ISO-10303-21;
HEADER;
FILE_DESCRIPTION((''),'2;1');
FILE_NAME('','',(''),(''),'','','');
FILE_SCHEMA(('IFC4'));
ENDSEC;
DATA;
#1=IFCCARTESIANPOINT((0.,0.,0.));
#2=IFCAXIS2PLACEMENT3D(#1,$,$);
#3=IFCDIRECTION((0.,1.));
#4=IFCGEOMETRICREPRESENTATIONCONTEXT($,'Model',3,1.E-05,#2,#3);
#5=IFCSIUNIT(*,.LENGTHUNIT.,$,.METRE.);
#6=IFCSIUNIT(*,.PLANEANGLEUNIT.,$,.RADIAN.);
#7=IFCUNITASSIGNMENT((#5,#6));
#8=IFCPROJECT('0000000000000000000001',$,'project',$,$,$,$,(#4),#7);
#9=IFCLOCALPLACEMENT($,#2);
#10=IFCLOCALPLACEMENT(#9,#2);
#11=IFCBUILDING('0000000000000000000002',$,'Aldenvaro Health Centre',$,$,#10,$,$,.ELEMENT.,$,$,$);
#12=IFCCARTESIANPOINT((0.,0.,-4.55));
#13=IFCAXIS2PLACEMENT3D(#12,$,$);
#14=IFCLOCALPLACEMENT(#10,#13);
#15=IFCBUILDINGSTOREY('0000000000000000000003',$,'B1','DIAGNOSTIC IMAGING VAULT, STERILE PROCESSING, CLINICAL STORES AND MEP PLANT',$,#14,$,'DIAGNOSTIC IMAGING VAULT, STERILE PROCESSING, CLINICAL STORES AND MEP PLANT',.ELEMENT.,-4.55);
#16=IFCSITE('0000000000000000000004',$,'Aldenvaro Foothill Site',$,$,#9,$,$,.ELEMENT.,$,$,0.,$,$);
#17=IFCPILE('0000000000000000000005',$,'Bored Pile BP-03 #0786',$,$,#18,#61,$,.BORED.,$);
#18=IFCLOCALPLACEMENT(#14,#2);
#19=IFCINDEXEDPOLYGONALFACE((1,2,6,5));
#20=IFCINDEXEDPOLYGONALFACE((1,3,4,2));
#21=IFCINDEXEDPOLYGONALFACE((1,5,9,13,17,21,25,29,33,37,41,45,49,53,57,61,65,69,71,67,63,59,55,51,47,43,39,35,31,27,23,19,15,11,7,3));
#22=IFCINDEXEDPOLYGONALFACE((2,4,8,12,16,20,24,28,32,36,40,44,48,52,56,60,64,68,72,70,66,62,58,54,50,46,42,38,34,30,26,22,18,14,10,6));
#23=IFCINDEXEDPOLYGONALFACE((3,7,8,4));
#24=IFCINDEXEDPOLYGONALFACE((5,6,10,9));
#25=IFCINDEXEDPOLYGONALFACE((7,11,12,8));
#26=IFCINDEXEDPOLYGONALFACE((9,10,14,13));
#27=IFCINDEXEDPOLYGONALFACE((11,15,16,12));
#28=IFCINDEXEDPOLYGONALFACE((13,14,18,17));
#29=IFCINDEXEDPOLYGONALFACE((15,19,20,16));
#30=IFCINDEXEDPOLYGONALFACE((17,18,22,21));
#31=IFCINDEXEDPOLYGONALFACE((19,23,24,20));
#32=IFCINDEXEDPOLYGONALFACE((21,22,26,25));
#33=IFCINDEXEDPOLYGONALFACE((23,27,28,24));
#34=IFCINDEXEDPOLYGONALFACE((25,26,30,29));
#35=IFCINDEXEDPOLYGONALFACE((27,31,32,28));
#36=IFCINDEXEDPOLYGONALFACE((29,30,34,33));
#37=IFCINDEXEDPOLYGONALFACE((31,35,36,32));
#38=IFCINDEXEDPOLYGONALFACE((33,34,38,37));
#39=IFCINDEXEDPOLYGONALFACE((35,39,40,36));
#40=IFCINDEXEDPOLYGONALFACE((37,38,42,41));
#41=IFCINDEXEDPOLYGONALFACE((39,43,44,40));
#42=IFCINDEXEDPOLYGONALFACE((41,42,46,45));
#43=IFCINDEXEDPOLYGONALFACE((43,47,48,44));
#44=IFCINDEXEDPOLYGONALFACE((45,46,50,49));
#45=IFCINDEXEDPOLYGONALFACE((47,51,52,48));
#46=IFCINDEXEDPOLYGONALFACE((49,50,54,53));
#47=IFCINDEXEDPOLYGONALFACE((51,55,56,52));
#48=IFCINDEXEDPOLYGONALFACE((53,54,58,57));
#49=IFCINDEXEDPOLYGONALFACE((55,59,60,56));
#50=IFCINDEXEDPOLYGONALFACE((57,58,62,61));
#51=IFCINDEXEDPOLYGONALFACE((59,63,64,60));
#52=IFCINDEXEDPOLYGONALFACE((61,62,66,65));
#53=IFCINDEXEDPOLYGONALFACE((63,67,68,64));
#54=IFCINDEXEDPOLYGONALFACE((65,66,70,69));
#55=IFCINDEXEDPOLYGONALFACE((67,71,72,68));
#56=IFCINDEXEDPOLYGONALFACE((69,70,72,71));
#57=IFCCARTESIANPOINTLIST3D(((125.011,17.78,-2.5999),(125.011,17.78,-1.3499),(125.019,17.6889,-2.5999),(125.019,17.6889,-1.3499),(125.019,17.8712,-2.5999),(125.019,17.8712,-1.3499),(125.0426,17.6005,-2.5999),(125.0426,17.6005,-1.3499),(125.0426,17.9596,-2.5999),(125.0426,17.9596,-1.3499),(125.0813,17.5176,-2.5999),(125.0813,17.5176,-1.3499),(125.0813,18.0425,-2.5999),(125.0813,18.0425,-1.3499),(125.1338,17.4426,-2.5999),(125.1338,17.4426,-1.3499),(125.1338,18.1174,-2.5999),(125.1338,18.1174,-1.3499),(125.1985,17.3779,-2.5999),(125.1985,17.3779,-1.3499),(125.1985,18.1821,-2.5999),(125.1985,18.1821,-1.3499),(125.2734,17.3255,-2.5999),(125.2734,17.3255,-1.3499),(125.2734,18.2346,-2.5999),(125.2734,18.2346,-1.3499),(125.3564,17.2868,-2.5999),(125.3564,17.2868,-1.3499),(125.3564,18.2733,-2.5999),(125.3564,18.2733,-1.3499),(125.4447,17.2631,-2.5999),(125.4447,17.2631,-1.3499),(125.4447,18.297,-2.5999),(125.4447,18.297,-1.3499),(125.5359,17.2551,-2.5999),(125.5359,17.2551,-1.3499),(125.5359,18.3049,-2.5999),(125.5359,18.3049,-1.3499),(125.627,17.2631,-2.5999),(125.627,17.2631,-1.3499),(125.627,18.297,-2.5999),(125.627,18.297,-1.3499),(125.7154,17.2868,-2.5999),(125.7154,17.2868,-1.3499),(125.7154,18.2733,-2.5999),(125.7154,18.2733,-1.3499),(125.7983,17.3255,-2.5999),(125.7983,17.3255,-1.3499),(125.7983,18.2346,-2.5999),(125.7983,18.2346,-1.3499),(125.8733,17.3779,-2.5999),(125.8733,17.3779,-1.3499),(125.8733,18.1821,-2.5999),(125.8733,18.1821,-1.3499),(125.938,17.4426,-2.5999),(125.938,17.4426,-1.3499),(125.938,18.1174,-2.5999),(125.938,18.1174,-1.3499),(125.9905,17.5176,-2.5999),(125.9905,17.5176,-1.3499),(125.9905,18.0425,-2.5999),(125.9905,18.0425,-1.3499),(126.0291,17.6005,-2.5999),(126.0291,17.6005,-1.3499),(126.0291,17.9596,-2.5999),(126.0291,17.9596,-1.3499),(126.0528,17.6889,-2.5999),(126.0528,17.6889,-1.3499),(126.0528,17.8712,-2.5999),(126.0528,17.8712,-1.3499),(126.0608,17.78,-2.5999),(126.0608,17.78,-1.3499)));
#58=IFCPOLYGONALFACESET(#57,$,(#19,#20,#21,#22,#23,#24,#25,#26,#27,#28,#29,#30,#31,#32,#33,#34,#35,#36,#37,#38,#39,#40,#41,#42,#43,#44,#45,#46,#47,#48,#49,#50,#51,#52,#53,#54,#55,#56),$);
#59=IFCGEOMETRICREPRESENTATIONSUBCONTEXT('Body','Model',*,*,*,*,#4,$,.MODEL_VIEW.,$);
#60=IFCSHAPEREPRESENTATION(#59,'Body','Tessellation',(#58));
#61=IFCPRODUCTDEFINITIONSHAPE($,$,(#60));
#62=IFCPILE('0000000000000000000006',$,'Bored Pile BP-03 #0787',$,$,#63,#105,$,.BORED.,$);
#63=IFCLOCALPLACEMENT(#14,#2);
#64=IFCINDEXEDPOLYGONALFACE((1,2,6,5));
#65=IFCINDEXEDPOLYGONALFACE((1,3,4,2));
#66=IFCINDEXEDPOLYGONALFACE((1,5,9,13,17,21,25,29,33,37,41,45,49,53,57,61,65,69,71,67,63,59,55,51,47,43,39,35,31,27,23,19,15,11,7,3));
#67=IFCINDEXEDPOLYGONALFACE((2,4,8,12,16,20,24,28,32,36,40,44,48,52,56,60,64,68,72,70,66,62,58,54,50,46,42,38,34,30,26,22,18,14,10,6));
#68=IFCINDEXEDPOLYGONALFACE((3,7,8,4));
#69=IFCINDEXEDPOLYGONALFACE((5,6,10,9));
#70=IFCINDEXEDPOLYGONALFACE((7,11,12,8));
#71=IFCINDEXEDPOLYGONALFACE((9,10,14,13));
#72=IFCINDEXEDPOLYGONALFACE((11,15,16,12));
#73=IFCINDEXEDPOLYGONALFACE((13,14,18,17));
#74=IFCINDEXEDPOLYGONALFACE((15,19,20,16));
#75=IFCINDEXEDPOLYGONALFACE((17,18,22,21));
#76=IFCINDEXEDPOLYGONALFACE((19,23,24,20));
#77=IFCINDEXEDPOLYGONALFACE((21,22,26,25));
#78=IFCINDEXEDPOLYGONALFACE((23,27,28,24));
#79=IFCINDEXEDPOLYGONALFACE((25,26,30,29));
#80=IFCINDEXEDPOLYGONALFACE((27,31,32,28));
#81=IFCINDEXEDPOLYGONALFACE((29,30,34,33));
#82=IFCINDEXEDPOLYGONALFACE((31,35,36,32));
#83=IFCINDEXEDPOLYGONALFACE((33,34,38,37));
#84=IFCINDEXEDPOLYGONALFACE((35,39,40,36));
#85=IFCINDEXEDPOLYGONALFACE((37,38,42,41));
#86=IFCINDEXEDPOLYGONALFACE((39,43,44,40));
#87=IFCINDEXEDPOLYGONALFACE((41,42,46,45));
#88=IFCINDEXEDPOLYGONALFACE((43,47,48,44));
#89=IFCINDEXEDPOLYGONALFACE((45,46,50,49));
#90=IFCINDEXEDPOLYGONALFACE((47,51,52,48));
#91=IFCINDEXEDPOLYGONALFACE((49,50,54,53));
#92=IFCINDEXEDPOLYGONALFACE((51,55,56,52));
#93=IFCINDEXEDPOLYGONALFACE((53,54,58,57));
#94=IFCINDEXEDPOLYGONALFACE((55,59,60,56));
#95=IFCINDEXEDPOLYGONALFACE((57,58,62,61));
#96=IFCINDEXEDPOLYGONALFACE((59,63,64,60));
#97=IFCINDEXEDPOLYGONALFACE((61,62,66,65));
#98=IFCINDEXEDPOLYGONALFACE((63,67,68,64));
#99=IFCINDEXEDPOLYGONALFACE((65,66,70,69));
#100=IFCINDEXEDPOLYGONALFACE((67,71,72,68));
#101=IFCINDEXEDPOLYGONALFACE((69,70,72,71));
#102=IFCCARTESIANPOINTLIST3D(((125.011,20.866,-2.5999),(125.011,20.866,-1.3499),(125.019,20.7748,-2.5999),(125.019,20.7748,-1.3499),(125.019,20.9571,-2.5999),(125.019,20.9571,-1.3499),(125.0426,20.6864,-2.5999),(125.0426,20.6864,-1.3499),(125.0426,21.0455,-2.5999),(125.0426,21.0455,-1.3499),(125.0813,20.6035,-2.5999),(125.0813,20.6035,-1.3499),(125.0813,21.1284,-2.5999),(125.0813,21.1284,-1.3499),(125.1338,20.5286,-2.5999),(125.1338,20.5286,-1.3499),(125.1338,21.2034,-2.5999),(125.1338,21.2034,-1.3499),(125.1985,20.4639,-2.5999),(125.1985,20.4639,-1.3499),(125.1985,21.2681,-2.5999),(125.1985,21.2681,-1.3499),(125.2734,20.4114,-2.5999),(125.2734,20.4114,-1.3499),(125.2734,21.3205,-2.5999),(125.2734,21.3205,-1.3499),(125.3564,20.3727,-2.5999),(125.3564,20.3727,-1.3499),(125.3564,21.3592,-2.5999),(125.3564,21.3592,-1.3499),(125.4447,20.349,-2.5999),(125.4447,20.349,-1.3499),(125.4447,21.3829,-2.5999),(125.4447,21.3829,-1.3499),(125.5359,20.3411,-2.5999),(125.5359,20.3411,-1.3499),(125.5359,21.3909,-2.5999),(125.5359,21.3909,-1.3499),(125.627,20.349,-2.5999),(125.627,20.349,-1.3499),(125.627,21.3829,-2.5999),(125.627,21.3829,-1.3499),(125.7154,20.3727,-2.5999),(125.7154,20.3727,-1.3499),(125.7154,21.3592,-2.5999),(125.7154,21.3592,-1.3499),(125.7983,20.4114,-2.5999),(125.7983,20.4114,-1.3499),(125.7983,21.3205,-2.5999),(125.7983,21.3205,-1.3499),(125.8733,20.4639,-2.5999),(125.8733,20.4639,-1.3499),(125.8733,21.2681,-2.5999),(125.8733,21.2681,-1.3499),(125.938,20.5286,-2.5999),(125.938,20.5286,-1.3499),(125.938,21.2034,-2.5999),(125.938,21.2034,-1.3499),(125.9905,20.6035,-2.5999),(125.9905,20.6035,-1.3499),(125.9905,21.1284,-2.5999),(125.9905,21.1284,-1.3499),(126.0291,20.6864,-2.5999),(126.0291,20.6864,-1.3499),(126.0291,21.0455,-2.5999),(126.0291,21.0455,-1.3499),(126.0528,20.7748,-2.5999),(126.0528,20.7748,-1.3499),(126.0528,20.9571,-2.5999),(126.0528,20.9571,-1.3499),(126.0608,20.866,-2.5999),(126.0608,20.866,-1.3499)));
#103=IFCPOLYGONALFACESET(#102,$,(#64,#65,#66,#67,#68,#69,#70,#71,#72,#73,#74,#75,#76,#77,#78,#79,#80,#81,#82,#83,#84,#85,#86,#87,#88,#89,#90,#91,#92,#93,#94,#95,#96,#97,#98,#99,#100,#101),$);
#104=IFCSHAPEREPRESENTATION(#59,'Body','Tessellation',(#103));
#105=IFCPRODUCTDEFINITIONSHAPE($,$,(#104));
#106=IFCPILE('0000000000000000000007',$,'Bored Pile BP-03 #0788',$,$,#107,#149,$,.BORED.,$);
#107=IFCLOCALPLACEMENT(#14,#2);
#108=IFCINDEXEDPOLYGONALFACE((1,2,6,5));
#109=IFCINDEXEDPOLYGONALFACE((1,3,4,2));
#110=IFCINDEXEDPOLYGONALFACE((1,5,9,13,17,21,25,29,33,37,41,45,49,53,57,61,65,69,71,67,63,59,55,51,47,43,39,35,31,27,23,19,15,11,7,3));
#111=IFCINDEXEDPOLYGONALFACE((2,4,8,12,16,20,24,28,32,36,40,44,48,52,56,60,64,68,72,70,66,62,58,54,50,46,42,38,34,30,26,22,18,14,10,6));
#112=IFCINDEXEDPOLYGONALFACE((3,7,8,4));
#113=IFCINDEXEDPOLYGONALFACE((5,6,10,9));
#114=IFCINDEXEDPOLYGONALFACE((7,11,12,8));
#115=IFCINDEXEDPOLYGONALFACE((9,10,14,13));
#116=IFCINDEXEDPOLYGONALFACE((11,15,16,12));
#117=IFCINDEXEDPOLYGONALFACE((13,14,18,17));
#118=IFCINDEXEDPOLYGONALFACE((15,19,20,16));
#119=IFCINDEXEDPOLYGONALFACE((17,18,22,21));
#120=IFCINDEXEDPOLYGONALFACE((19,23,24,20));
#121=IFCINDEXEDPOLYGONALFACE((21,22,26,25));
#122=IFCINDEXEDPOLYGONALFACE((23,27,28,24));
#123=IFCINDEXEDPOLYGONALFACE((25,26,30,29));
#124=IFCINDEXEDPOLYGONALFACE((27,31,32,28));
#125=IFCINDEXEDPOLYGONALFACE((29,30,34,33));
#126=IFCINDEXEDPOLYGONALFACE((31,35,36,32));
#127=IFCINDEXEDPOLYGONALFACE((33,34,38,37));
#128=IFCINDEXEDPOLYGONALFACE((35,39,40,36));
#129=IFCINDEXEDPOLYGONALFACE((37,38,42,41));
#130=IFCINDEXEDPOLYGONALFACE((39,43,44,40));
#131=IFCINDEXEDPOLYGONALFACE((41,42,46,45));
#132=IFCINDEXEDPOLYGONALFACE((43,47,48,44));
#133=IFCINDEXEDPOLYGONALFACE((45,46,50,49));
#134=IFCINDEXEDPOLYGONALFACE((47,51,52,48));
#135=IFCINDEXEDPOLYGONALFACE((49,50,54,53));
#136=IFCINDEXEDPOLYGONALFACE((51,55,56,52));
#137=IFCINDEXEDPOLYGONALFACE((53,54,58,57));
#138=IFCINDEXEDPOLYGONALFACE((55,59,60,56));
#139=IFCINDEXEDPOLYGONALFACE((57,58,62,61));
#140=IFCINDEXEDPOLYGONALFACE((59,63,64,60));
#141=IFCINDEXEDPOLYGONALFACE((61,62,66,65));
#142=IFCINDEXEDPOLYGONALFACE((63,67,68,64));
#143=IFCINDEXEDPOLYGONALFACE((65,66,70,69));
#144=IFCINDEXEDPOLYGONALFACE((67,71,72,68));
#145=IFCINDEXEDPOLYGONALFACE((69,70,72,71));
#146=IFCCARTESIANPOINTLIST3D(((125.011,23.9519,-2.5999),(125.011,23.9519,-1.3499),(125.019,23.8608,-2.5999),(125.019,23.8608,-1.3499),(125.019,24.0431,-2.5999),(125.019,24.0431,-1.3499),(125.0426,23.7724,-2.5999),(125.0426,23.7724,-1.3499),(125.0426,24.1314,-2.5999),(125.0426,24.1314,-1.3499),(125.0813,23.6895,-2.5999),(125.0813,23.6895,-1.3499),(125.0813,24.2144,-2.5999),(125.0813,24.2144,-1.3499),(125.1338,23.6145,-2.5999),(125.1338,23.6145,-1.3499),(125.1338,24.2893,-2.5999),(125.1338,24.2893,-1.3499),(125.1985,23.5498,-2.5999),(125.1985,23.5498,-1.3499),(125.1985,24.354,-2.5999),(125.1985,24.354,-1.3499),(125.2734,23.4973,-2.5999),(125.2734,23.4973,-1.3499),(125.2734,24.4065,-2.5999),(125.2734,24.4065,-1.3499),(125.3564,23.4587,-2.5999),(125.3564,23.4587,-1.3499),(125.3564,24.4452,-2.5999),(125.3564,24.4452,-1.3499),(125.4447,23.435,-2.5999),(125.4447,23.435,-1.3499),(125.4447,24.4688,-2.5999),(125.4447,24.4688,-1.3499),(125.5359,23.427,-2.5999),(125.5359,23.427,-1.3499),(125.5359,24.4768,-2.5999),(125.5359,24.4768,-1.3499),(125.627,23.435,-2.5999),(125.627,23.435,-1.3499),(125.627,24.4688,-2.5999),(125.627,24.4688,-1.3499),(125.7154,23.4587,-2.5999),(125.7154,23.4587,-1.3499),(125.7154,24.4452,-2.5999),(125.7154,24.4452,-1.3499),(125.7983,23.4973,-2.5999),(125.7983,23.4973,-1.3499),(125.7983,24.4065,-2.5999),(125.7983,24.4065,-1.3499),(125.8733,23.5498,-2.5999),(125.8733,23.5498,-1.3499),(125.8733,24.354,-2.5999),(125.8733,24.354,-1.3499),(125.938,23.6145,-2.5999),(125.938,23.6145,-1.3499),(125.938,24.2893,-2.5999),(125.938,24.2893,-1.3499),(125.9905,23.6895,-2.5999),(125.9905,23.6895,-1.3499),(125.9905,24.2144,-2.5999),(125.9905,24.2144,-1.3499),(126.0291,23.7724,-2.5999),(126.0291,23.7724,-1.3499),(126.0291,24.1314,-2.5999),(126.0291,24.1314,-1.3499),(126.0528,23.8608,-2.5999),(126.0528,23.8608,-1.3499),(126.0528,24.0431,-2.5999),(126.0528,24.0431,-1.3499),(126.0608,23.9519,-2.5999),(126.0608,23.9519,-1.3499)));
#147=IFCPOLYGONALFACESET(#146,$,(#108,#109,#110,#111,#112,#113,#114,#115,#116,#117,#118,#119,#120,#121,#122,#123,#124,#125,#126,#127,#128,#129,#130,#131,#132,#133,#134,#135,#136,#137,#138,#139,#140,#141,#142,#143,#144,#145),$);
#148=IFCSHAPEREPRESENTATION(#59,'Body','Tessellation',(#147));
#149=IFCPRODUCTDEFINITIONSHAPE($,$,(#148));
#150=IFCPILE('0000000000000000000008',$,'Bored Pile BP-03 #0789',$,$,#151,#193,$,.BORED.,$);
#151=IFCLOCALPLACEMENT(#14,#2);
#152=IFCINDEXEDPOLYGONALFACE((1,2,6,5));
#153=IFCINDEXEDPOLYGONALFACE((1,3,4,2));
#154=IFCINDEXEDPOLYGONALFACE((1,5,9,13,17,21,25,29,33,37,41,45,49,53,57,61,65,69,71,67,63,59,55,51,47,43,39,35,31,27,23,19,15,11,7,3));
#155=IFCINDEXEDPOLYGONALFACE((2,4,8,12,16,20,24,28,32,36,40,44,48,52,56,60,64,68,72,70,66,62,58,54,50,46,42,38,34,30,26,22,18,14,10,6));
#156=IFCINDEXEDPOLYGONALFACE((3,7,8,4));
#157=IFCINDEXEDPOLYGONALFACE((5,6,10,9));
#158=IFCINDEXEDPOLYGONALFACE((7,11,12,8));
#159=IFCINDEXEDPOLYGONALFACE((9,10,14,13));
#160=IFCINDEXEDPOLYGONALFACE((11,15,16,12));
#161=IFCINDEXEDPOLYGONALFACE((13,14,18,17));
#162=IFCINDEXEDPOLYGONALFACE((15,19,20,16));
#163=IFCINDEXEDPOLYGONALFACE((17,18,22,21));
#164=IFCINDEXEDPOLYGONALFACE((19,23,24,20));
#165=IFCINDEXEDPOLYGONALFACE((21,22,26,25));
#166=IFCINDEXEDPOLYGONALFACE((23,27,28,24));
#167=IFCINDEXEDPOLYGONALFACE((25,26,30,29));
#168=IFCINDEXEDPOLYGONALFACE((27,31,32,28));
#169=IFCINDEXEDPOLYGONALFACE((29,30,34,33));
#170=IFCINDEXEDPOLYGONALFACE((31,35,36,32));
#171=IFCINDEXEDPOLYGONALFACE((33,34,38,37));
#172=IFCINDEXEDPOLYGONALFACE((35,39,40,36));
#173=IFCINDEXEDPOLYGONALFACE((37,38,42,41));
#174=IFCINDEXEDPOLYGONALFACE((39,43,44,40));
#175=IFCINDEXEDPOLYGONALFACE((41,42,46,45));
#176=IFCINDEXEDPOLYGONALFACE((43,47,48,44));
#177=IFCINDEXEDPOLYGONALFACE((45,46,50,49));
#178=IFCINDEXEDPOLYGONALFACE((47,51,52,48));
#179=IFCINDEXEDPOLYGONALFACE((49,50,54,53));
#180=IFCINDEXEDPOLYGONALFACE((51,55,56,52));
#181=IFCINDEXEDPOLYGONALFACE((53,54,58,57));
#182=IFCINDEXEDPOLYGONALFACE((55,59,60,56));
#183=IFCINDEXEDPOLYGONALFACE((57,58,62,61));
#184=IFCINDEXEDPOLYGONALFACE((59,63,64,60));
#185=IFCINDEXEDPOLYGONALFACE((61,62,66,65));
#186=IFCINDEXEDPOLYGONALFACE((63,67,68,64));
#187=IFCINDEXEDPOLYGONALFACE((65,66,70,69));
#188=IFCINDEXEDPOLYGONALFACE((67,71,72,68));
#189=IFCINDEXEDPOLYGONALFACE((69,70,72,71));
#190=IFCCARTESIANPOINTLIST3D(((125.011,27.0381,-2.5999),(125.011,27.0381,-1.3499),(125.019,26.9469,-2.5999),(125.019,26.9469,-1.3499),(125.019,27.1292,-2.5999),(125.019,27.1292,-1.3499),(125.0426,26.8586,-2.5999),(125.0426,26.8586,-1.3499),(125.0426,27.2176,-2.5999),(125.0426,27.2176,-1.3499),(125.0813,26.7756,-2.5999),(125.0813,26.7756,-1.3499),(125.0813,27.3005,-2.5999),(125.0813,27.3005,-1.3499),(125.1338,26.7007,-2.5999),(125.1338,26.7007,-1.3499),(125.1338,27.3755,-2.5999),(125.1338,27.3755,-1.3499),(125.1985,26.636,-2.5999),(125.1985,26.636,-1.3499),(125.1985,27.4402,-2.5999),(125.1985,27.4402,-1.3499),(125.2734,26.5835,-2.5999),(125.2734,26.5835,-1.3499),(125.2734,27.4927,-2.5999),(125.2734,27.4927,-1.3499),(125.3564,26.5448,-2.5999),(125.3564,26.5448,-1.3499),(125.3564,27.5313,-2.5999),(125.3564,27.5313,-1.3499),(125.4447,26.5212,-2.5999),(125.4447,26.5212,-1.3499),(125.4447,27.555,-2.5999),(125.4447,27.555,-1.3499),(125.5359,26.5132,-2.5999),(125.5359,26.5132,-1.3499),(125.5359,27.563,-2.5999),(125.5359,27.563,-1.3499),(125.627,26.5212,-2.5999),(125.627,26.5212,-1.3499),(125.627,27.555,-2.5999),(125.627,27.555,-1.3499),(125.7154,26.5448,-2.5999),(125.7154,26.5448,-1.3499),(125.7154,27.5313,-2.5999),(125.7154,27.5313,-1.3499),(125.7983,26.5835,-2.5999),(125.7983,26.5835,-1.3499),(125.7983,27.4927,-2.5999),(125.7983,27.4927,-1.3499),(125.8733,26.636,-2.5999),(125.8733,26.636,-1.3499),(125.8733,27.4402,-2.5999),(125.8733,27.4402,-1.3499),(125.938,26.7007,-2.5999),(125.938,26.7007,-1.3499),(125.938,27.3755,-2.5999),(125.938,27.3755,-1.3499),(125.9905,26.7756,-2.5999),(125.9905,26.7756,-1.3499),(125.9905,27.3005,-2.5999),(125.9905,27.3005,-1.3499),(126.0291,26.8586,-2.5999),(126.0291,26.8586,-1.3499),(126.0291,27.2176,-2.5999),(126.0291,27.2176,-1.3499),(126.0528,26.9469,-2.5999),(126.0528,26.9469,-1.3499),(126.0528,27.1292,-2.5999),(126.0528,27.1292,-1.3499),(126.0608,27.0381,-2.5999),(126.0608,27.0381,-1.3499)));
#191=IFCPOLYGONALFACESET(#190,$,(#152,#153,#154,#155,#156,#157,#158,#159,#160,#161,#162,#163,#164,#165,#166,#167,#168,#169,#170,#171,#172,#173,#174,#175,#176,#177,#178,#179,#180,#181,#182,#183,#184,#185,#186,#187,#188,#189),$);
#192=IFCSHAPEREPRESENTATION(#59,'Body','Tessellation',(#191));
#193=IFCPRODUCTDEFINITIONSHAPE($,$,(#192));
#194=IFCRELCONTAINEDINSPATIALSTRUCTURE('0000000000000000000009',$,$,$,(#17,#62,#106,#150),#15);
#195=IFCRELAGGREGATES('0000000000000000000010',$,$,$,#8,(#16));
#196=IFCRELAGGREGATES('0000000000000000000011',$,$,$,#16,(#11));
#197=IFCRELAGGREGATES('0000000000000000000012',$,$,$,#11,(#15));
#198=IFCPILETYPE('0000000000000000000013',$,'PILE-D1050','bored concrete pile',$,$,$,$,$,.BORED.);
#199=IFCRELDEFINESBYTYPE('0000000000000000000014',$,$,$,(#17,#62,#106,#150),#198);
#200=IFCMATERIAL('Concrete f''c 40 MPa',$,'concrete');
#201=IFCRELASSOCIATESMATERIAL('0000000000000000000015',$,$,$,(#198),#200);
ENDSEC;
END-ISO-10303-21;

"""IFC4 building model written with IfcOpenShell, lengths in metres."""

from ifc_helpers import new_model, si_unit, direction, frame, origin, origin_2d, place, context, subcontext, project, spatial, circle, extrude, material, material_profile, profile_set, type_object, element, save


model = new_model("IFC4")

# Units and contexts
model_context = context("Model", 3, precision=1e-05, world=origin(), true_north=direction((0.0, 1.0)))
body_context = subcontext(model_context, "Body", "Model", "MODEL_VIEW")
ifc_project = project(units=[si_unit("LENGTHUNIT", "METRE"), si_unit("PLANEANGLEUNIT", "RADIAN")], contexts=[model_context])

# Site, building, storey
site_placement = place(None, origin())
site = spatial("IfcSite", under=ifc_project, at=site_placement, Name="Aldenvaro Foothill Site", CompositionType="ELEMENT", RefElevation=0.0)
building_placement = place(site_placement, origin())
building = spatial("IfcBuilding", under=site, at=building_placement, Name="Aldenvaro Health Centre", CompositionType="ELEMENT")
storey_placement = place(building_placement, frame((0.0, 0.0, -4.55)))
storey = spatial("IfcBuildingStorey", under=building, at=storey_placement, Name="B1", Description="DIAGNOSTIC IMAGING VAULT, STERILE PROCESSING, CLINICAL STORES AND MEP PLANT", LongName="DIAGNOSTIC IMAGING VAULT, STERILE PROCESSING, CLINICAL STORES AND MEP PLANT", CompositionType="ELEMENT", Elevation=-4.55)

# Piles
ifc_material_1 = material(Name="Concrete f'c 40 MPa", Category="concrete")
ifc_material_profile_1 = material_profile(ifc_material_1, circle(Radius=0.5249, at=origin_2d()), Name="PILE D1050", Category="concrete")
ifc_profile_set_1 = profile_set([ifc_material_profile_1], Name="Concrete f'c 40 MPa")
pile_type_1 = type_object("IfcPileType", Name="PILE-D1050", Description="bored concrete pile", PredefinedType="BORED", material=ifc_profile_set_1)
for number, where, z_axis, x_axis, name in (
    (1, (125.5359, 17.78, -1.3499), (0.0, 0.0, -1.0), (1.0, 0.0, 0.0), "Bored Pile BP-03 #0786"),
    (2, (125.5359, 20.866, -1.3499), (0.0, 0.0, -1.0), (1.0, 0.0, 0.0), "Bored Pile BP-03 #0787"),
    (3, (125.5359, 23.9519, -1.3499), (0.0, 0.0, -1.0), (1.0, 0.0, 0.0), "Bored Pile BP-03 #0788"),
    (4, (125.5359, 27.0381, -1.3499), (0.0, 0.0, -1.0), (1.0, 0.0, 0.0), "Bored Pile BP-03 #0789"),
):
    element("IfcPile", number, at=place(storey_placement, frame(where, z_axis=z_axis, x_axis=x_axis)), inside=storey, type_object=pile_type_1, Name=name, PredefinedType="BORED", context=body_context, shape_type="SweptSolid", body=[
        extrude(circle(Radius=0.5249, at=origin_2d()), origin(), (0.0, 0.0, 1.0), 1.25),
    ])

save(model, "model.ifc")
